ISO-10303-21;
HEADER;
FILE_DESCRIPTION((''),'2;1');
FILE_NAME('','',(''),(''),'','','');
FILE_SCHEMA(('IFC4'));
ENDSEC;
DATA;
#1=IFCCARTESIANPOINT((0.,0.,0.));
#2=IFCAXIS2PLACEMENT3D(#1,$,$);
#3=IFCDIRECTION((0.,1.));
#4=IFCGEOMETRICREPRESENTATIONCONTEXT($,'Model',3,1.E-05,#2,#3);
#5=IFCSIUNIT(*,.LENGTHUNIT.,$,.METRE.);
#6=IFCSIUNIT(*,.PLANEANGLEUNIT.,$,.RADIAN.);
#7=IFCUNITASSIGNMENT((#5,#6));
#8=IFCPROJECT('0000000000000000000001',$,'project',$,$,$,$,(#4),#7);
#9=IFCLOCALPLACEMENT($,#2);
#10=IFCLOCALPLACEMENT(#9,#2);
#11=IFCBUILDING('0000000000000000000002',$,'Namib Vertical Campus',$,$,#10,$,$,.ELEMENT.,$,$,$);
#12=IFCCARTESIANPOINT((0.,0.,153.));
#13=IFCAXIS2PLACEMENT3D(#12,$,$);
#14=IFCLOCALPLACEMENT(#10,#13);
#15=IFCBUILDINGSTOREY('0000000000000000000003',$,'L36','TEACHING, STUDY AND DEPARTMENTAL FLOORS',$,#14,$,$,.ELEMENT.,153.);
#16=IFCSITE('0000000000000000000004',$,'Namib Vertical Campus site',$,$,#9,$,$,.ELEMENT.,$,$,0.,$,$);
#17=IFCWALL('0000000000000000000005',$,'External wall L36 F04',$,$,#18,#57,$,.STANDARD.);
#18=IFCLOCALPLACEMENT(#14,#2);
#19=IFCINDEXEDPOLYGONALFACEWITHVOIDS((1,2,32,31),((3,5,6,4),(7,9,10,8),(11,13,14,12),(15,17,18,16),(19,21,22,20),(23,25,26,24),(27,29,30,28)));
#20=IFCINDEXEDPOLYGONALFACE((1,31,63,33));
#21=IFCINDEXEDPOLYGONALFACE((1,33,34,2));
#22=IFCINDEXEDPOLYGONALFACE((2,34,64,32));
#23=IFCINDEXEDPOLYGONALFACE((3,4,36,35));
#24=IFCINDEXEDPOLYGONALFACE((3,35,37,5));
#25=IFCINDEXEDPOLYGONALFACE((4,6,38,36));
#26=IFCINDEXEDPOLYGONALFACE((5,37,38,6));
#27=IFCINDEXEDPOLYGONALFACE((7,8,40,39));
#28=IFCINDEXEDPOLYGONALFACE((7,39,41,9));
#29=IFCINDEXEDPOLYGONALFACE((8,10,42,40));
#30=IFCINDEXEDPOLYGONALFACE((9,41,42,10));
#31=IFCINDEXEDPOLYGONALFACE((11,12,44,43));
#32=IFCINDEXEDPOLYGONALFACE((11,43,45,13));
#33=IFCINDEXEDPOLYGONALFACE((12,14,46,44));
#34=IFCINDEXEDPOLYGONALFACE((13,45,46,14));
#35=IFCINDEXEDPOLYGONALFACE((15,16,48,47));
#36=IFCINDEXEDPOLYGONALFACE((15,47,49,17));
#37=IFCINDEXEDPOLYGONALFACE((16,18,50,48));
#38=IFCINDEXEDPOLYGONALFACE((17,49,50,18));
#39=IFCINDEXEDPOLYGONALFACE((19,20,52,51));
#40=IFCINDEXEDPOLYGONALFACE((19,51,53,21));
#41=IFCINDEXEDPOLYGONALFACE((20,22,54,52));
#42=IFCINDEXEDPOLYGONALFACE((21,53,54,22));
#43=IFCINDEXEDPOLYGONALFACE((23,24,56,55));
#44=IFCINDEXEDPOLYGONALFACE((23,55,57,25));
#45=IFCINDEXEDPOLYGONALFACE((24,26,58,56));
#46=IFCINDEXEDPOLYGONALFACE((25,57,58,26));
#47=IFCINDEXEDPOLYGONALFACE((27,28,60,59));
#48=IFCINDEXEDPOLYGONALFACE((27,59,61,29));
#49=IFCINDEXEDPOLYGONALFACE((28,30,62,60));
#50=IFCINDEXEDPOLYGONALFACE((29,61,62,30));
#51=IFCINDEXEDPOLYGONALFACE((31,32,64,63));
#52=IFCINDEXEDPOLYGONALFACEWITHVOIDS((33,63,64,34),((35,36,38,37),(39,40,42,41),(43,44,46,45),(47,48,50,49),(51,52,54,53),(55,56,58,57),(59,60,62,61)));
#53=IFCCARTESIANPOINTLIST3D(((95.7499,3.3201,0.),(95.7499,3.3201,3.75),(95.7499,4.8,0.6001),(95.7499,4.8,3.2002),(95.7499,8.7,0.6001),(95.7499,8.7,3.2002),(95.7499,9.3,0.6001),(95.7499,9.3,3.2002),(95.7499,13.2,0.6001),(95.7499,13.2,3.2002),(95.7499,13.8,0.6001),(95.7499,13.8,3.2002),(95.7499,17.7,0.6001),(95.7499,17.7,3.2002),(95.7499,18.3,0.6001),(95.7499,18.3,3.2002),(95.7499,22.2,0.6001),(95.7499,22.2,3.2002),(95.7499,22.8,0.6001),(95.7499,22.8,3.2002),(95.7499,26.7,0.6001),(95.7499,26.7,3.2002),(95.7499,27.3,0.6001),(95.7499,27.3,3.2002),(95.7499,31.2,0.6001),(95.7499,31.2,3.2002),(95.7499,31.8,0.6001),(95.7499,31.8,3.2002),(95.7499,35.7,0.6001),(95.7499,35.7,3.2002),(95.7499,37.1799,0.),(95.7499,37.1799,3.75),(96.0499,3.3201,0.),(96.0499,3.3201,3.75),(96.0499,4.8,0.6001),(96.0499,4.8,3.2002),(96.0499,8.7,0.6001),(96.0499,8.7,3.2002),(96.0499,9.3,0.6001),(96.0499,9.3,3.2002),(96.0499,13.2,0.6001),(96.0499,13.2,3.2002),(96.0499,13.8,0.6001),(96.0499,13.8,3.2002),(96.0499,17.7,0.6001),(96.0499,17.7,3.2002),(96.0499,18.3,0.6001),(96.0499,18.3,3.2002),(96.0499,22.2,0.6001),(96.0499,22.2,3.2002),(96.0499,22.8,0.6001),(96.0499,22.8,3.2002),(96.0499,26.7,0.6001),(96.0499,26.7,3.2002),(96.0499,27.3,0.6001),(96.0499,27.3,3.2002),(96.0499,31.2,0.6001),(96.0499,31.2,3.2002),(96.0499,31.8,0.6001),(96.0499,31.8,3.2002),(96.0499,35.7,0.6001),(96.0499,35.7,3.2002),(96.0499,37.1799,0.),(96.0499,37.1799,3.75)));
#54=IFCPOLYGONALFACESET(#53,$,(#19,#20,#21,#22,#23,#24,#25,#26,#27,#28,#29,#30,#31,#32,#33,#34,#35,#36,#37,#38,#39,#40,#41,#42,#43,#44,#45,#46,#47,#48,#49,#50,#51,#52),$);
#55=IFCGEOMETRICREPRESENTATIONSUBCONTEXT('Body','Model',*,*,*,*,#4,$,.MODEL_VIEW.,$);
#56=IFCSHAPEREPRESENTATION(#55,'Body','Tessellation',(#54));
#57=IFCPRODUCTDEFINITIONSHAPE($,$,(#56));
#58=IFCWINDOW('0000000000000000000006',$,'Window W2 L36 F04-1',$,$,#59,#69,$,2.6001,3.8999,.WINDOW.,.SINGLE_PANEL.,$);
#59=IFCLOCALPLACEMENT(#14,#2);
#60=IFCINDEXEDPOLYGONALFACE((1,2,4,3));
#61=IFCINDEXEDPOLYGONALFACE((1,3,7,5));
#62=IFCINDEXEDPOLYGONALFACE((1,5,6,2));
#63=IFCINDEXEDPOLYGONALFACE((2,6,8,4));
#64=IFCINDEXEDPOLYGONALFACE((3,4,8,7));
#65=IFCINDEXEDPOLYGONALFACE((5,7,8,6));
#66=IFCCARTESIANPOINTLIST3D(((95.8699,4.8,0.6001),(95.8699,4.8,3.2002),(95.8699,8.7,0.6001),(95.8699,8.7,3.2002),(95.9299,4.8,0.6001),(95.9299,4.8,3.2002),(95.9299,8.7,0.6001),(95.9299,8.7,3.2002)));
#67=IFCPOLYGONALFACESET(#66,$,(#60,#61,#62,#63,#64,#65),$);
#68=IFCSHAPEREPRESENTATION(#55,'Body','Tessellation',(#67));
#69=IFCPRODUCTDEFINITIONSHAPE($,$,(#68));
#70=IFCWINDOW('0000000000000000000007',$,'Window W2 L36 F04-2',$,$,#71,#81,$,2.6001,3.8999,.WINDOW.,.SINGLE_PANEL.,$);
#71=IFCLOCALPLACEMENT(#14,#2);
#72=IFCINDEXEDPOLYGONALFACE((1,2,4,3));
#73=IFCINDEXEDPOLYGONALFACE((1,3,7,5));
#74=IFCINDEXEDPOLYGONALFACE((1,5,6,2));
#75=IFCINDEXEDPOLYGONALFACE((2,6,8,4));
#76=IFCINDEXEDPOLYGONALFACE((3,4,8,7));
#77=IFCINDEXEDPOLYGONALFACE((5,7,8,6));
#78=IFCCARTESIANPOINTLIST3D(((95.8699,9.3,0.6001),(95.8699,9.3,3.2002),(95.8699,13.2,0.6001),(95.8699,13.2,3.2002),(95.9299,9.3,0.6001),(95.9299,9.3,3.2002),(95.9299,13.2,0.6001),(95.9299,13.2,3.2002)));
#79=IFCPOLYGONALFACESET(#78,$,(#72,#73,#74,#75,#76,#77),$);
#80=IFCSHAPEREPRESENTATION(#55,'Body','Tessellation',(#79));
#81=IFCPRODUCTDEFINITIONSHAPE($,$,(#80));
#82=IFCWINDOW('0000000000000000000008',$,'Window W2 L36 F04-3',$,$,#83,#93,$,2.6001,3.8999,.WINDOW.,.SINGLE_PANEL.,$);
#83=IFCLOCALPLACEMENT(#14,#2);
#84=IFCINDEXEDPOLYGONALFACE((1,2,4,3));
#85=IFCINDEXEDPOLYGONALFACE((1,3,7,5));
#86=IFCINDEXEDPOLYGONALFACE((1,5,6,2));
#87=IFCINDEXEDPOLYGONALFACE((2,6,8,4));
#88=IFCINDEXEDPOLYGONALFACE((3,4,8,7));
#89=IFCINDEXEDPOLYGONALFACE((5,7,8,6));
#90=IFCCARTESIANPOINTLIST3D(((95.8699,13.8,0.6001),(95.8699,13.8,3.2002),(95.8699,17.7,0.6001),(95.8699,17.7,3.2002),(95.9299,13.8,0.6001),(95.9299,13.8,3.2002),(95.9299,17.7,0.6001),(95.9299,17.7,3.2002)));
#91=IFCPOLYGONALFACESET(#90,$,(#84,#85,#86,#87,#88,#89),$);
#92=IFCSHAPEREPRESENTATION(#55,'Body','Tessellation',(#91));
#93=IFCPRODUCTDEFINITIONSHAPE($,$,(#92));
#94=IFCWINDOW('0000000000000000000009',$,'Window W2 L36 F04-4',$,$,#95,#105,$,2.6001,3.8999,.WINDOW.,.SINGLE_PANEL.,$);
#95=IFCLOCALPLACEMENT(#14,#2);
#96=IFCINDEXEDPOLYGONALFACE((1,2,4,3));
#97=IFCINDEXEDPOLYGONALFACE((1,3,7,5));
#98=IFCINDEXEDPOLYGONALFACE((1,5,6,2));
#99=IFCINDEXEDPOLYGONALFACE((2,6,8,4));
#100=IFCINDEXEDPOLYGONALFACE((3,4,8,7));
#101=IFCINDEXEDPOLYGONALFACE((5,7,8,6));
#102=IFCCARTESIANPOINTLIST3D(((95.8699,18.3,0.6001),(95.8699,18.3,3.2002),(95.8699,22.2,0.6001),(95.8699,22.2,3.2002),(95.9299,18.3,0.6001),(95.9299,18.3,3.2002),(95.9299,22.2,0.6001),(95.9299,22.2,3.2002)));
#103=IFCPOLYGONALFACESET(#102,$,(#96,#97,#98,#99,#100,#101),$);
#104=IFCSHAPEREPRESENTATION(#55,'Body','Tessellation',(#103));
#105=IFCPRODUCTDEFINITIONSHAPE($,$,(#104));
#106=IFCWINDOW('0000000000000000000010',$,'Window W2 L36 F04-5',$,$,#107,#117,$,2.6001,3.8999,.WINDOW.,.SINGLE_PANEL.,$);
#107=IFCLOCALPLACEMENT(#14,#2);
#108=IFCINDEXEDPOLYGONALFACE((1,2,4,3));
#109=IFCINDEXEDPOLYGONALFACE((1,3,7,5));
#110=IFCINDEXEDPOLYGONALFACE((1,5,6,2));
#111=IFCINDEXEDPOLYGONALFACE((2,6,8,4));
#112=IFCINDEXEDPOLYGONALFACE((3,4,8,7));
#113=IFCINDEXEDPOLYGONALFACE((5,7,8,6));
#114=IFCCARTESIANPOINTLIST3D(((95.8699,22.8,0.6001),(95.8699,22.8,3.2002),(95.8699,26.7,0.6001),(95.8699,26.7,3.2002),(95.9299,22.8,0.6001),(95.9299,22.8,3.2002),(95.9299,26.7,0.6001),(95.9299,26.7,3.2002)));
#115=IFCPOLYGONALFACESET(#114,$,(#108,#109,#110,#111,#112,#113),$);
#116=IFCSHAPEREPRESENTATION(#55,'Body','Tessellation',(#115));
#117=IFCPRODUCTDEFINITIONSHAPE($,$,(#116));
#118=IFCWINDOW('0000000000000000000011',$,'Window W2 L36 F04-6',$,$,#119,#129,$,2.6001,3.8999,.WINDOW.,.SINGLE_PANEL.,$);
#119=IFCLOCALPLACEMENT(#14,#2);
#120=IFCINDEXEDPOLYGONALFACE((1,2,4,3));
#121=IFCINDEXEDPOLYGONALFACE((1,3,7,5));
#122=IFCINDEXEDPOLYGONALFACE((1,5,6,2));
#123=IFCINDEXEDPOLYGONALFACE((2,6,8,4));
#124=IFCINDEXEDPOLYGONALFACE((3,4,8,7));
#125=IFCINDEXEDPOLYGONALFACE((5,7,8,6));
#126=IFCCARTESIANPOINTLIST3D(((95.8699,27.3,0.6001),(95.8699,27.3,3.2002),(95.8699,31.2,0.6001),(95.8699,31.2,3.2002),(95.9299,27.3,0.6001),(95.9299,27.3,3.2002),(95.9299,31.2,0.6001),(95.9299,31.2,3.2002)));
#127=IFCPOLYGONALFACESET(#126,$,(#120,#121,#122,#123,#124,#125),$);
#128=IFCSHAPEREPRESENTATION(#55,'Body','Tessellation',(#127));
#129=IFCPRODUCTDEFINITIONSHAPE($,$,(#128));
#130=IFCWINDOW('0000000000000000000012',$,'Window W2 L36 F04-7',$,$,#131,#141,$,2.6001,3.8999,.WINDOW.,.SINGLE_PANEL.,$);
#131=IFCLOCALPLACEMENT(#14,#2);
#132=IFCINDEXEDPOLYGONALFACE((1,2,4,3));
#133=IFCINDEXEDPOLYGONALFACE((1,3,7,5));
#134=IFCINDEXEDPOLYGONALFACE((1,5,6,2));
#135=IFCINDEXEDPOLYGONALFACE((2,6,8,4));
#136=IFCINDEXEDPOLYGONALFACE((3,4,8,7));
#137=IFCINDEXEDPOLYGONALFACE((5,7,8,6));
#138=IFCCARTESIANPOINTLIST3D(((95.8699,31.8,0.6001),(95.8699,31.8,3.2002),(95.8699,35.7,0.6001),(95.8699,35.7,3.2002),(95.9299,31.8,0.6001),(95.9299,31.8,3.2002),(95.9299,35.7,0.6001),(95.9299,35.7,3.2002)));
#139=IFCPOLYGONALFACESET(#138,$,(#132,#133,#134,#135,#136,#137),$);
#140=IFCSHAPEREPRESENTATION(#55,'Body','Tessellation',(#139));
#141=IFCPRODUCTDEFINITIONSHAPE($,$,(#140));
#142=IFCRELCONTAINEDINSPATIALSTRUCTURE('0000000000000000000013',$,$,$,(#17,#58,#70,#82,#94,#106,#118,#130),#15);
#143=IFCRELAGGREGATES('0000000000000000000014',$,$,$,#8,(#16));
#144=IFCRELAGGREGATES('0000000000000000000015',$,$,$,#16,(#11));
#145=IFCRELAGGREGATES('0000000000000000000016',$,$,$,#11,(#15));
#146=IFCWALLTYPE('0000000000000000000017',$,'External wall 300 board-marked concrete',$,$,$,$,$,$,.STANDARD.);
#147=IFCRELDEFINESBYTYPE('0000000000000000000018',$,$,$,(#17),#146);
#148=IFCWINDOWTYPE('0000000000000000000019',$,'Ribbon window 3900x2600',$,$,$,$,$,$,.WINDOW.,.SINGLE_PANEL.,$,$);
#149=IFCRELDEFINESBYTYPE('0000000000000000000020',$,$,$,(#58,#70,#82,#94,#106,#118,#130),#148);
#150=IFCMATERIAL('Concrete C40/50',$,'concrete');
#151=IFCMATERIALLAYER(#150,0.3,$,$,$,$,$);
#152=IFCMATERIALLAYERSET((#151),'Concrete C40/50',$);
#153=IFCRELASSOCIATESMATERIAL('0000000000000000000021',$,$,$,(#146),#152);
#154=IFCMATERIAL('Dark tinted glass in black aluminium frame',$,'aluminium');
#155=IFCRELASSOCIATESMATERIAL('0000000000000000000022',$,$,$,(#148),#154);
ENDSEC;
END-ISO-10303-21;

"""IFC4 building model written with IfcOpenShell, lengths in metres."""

from ifc_helpers import new_model, si_unit, direction, frame, frame_2d, origin, place, context, subcontext, project, spatial, rectangle, extrude, material, layer, layer_set, type_object, element, fill, save


model = new_model("IFC4")

# Units and contexts
model_context = context("Model", 3, precision=1e-05, world=origin(), true_north=direction((0.0, 1.0)))
body_context = subcontext(model_context, "Body", "Model", "MODEL_VIEW")
ifc_project = project(units=[si_unit("LENGTHUNIT", "METRE"), si_unit("PLANEANGLEUNIT", "RADIAN")], contexts=[model_context])

# Site, building, storey
site_placement = place(None, origin())
site = spatial("IfcSite", under=ifc_project, at=site_placement, Name="Namib Vertical Campus site", CompositionType="ELEMENT", RefElevation=0.0)
building_placement = place(site_placement, origin())
building = spatial("IfcBuilding", under=site, at=building_placement, Name="Namib Vertical Campus", CompositionType="ELEMENT")
storey_placement = place(building_placement, frame((0.0, 0.0, 153.0)))
storey = spatial("IfcBuildingStorey", under=building, at=storey_placement, Name="L36", Description="TEACHING, STUDY AND DEPARTMENTAL FLOORS", CompositionType="ELEMENT", Elevation=153.0)

# Wall, openings, windows
ifc_material_1 = material(Name="Concrete C40/50", Category="concrete")
ifc_layer_1 = layer(ifc_material_1, 0.3)
ifc_layer_set_1 = layer_set([ifc_layer_1], Name="Concrete C40/50")
wall_type_1 = type_object("IfcWallType", Name="External wall 300 board-marked concrete", PredefinedType="STANDARD", material=ifc_layer_set_1)
wall_1_placement = place(storey_placement, frame((95.8999, 3.3201, 0.0), z_axis=(0.0, 0.0, 1.0), x_axis=(0.0, 1.0, 0.0)))
wall_1 = element("IfcWall", 1, at=wall_1_placement, inside=storey, type_object=wall_type_1, Name="External wall L36 F04", PredefinedType="STANDARD", context=body_context, shape_type="SweptSolid", body=[
    extrude(rectangle(XDim=33.8599, YDim=0.3, at=frame_2d((16.9299, 0.0))), origin(), (0.0, 0.0, 1.0), 3.75),
])
opening_1_placement = place(wall_1_placement, frame((1.48, 0.0, 0.6001)))
opening_1 = element("IfcOpeningElement", 2, at=opening_1_placement, cuts=wall_1, PredefinedType="OPENING", context=body_context, shape_type="SweptSolid", body=[
    extrude(rectangle(XDim=3.8999, YDim=2.6001, at=frame_2d((1.95, 1.3))), frame((0.0, 0.1599, 0.0), z_axis=(0.0, -1.0, 0.0), x_axis=(1.0, 0.0, 0.0)), (0.0, 0.0, 1.0), 0.3201),
])
opening_2_placement = place(wall_1_placement, frame((5.98, 0.0, 0.6001)))
opening_2 = element("IfcOpeningElement", 3, at=opening_2_placement, cuts=wall_1, PredefinedType="OPENING", context=body_context, shape_type="SweptSolid", body=[
    extrude(rectangle(XDim=3.8999, YDim=2.6001, at=frame_2d((1.95, 1.3))), frame((0.0, 0.1599, 0.0), z_axis=(0.0, -1.0, 0.0), x_axis=(1.0, 0.0, 0.0)), (0.0, 0.0, 1.0), 0.3201),
])
opening_3_placement = place(wall_1_placement, frame((10.48, 0.0, 0.6001)))
opening_3 = element("IfcOpeningElement", 4, at=opening_3_placement, cuts=wall_1, PredefinedType="OPENING", context=body_context, shape_type="SweptSolid", body=[
    extrude(rectangle(XDim=3.8999, YDim=2.6001, at=frame_2d((1.95, 1.3))), frame((0.0, 0.1599, 0.0), z_axis=(0.0, -1.0, 0.0), x_axis=(1.0, 0.0, 0.0)), (0.0, 0.0, 1.0), 0.3201),
])
opening_4_placement = place(wall_1_placement, frame((14.98, 0.0, 0.6001)))
opening_4 = element("IfcOpeningElement", 5, at=opening_4_placement, cuts=wall_1, PredefinedType="OPENING", context=body_context, shape_type="SweptSolid", body=[
    extrude(rectangle(XDim=3.8999, YDim=2.6001, at=frame_2d((1.95, 1.3))), frame((0.0, 0.1599, 0.0), z_axis=(0.0, -1.0, 0.0), x_axis=(1.0, 0.0, 0.0)), (0.0, 0.0, 1.0), 0.3201),
])
opening_5_placement = place(wall_1_placement, frame((19.48, 0.0, 0.6001)))
opening_5 = element("IfcOpeningElement", 6, at=opening_5_placement, cuts=wall_1, PredefinedType="OPENING", context=body_context, shape_type="SweptSolid", body=[
    extrude(rectangle(XDim=3.8999, YDim=2.6001, at=frame_2d((1.95, 1.3))), frame((0.0, 0.1599, 0.0), z_axis=(0.0, -1.0, 0.0), x_axis=(1.0, 0.0, 0.0)), (0.0, 0.0, 1.0), 0.3201),
])
opening_6_placement = place(wall_1_placement, frame((23.98, 0.0, 0.6001)))
opening_6 = element("IfcOpeningElement", 7, at=opening_6_placement, cuts=wall_1, PredefinedType="OPENING", context=body_context, shape_type="SweptSolid", body=[
    extrude(rectangle(XDim=3.8999, YDim=2.6001, at=frame_2d((1.95, 1.3))), frame((0.0, 0.1599, 0.0), z_axis=(0.0, -1.0, 0.0), x_axis=(1.0, 0.0, 0.0)), (0.0, 0.0, 1.0), 0.3201),
])
opening_7_placement = place(wall_1_placement, frame((28.48, 0.0, 0.6001)))
opening_7 = element("IfcOpeningElement", 8, at=opening_7_placement, cuts=wall_1, PredefinedType="OPENING", context=body_context, shape_type="SweptSolid", body=[
    extrude(rectangle(XDim=3.8999, YDim=2.6001, at=frame_2d((1.95, 1.3))), frame((0.0, 0.1599, 0.0), z_axis=(0.0, -1.0, 0.0), x_axis=(1.0, 0.0, 0.0)), (0.0, 0.0, 1.0), 0.3201),
])
ifc_material_2 = material(Name="Dark tinted glass in black aluminium frame", Category="aluminium")
window_type = type_object("IfcWindowType", Name="Ribbon window 3900x2600", PartitioningType="SINGLE_PANEL", PredefinedType="WINDOW", material=ifc_material_2)
window_1_placement = place(opening_1_placement, origin())
window_1 = element("IfcWindow", 9, at=window_1_placement, inside=storey, type_object=window_type, Name="Window W2 L36 F04-1", OverallHeight=2.6001, OverallWidth=3.8999, PartitioningType="SINGLE_PANEL", PredefinedType="WINDOW", context=body_context, shape_type="SweptSolid", body=[
    extrude(rectangle(XDim=3.8999, YDim=2.6001, at=frame_2d((1.95, 1.3))), frame((0.0, 0.03, 0.0), z_axis=(0.0, -1.0, 0.0), x_axis=(1.0, 0.0, 0.0)), (0.0, 0.0, 1.0), 0.0601),
])
fill(opening_1, window_1)
window_2_placement = place(opening_2_placement, origin())
window_2 = element("IfcWindow", 10, at=window_2_placement, inside=storey, type_object=window_type, Name="Window W2 L36 F04-2", OverallHeight=2.6001, OverallWidth=3.8999, PartitioningType="SINGLE_PANEL", PredefinedType="WINDOW", context=body_context, shape_type="SweptSolid", body=[
    extrude(rectangle(XDim=3.8999, YDim=2.6001, at=frame_2d((1.95, 1.3))), frame((0.0, 0.03, 0.0), z_axis=(0.0, -1.0, 0.0), x_axis=(1.0, 0.0, 0.0)), (0.0, 0.0, 1.0), 0.0601),
])
fill(opening_2, window_2)
window_3_placement = place(opening_3_placement, origin())
window_3 = element("IfcWindow", 11, at=window_3_placement, inside=storey, type_object=window_type, Name="Window W2 L36 F04-3", OverallHeight=2.6001, OverallWidth=3.8999, PartitioningType="SINGLE_PANEL", PredefinedType="WINDOW", context=body_context, shape_type="SweptSolid", body=[
    extrude(rectangle(XDim=3.8999, YDim=2.6001, at=frame_2d((1.95, 1.3))), frame((0.0, 0.03, 0.0), z_axis=(0.0, -1.0, 0.0), x_axis=(1.0, 0.0, 0.0)), (0.0, 0.0, 1.0), 0.0601),
])
fill(opening_3, window_3)
window_4_placement = place(opening_4_placement, origin())
window_4 = element("IfcWindow", 12, at=window_4_placement, inside=storey, type_object=window_type, Name="Window W2 L36 F04-4", OverallHeight=2.6001, OverallWidth=3.8999, PartitioningType="SINGLE_PANEL", PredefinedType="WINDOW", context=body_context, shape_type="SweptSolid", body=[
    extrude(rectangle(XDim=3.8999, YDim=2.6001, at=frame_2d((1.95, 1.3))), frame((0.0, 0.03, 0.0), z_axis=(0.0, -1.0, 0.0), x_axis=(1.0, 0.0, 0.0)), (0.0, 0.0, 1.0), 0.0601),
])
fill(opening_4, window_4)
window_5_placement = place(opening_5_placement, origin())
window_5 = element("IfcWindow", 13, at=window_5_placement, inside=storey, type_object=window_type, Name="Window W2 L36 F04-5", OverallHeight=2.6001, OverallWidth=3.8999, PartitioningType="SINGLE_PANEL", PredefinedType="WINDOW", context=body_context, shape_type="SweptSolid", body=[
    extrude(rectangle(XDim=3.8999, YDim=2.6001, at=frame_2d((1.95, 1.3))), frame((0.0, 0.03, 0.0), z_axis=(0.0, -1.0, 0.0), x_axis=(1.0, 0.0, 0.0)), (0.0, 0.0, 1.0), 0.0601),
])
fill(opening_5, window_5)
window_6_placement = place(opening_6_placement, origin())
window_6 = element("IfcWindow", 14, at=window_6_placement, inside=storey, type_object=window_type, Name="Window W2 L36 F04-6", OverallHeight=2.6001, OverallWidth=3.8999, PartitioningType="SINGLE_PANEL", PredefinedType="WINDOW", context=body_context, shape_type="SweptSolid", body=[
    extrude(rectangle(XDim=3.8999, YDim=2.6001, at=frame_2d((1.95, 1.3))), frame((0.0, 0.03, 0.0), z_axis=(0.0, -1.0, 0.0), x_axis=(1.0, 0.0, 0.0)), (0.0, 0.0, 1.0), 0.0601),
])
fill(opening_6, window_6)
window_7_placement = place(opening_7_placement, origin())
window_7 = element("IfcWindow", 15, at=window_7_placement, inside=storey, type_object=window_type, Name="Window W2 L36 F04-7", OverallHeight=2.6001, OverallWidth=3.8999, PartitioningType="SINGLE_PANEL", PredefinedType="WINDOW", context=body_context, shape_type="SweptSolid", body=[
    extrude(rectangle(XDim=3.8999, YDim=2.6001, at=frame_2d((1.95, 1.3))), frame((0.0, 0.03, 0.0), z_axis=(0.0, -1.0, 0.0), x_axis=(1.0, 0.0, 0.0)), (0.0, 0.0, 1.0), 0.0601),
])
fill(opening_7, window_7)

save(model, "model.ifc")
